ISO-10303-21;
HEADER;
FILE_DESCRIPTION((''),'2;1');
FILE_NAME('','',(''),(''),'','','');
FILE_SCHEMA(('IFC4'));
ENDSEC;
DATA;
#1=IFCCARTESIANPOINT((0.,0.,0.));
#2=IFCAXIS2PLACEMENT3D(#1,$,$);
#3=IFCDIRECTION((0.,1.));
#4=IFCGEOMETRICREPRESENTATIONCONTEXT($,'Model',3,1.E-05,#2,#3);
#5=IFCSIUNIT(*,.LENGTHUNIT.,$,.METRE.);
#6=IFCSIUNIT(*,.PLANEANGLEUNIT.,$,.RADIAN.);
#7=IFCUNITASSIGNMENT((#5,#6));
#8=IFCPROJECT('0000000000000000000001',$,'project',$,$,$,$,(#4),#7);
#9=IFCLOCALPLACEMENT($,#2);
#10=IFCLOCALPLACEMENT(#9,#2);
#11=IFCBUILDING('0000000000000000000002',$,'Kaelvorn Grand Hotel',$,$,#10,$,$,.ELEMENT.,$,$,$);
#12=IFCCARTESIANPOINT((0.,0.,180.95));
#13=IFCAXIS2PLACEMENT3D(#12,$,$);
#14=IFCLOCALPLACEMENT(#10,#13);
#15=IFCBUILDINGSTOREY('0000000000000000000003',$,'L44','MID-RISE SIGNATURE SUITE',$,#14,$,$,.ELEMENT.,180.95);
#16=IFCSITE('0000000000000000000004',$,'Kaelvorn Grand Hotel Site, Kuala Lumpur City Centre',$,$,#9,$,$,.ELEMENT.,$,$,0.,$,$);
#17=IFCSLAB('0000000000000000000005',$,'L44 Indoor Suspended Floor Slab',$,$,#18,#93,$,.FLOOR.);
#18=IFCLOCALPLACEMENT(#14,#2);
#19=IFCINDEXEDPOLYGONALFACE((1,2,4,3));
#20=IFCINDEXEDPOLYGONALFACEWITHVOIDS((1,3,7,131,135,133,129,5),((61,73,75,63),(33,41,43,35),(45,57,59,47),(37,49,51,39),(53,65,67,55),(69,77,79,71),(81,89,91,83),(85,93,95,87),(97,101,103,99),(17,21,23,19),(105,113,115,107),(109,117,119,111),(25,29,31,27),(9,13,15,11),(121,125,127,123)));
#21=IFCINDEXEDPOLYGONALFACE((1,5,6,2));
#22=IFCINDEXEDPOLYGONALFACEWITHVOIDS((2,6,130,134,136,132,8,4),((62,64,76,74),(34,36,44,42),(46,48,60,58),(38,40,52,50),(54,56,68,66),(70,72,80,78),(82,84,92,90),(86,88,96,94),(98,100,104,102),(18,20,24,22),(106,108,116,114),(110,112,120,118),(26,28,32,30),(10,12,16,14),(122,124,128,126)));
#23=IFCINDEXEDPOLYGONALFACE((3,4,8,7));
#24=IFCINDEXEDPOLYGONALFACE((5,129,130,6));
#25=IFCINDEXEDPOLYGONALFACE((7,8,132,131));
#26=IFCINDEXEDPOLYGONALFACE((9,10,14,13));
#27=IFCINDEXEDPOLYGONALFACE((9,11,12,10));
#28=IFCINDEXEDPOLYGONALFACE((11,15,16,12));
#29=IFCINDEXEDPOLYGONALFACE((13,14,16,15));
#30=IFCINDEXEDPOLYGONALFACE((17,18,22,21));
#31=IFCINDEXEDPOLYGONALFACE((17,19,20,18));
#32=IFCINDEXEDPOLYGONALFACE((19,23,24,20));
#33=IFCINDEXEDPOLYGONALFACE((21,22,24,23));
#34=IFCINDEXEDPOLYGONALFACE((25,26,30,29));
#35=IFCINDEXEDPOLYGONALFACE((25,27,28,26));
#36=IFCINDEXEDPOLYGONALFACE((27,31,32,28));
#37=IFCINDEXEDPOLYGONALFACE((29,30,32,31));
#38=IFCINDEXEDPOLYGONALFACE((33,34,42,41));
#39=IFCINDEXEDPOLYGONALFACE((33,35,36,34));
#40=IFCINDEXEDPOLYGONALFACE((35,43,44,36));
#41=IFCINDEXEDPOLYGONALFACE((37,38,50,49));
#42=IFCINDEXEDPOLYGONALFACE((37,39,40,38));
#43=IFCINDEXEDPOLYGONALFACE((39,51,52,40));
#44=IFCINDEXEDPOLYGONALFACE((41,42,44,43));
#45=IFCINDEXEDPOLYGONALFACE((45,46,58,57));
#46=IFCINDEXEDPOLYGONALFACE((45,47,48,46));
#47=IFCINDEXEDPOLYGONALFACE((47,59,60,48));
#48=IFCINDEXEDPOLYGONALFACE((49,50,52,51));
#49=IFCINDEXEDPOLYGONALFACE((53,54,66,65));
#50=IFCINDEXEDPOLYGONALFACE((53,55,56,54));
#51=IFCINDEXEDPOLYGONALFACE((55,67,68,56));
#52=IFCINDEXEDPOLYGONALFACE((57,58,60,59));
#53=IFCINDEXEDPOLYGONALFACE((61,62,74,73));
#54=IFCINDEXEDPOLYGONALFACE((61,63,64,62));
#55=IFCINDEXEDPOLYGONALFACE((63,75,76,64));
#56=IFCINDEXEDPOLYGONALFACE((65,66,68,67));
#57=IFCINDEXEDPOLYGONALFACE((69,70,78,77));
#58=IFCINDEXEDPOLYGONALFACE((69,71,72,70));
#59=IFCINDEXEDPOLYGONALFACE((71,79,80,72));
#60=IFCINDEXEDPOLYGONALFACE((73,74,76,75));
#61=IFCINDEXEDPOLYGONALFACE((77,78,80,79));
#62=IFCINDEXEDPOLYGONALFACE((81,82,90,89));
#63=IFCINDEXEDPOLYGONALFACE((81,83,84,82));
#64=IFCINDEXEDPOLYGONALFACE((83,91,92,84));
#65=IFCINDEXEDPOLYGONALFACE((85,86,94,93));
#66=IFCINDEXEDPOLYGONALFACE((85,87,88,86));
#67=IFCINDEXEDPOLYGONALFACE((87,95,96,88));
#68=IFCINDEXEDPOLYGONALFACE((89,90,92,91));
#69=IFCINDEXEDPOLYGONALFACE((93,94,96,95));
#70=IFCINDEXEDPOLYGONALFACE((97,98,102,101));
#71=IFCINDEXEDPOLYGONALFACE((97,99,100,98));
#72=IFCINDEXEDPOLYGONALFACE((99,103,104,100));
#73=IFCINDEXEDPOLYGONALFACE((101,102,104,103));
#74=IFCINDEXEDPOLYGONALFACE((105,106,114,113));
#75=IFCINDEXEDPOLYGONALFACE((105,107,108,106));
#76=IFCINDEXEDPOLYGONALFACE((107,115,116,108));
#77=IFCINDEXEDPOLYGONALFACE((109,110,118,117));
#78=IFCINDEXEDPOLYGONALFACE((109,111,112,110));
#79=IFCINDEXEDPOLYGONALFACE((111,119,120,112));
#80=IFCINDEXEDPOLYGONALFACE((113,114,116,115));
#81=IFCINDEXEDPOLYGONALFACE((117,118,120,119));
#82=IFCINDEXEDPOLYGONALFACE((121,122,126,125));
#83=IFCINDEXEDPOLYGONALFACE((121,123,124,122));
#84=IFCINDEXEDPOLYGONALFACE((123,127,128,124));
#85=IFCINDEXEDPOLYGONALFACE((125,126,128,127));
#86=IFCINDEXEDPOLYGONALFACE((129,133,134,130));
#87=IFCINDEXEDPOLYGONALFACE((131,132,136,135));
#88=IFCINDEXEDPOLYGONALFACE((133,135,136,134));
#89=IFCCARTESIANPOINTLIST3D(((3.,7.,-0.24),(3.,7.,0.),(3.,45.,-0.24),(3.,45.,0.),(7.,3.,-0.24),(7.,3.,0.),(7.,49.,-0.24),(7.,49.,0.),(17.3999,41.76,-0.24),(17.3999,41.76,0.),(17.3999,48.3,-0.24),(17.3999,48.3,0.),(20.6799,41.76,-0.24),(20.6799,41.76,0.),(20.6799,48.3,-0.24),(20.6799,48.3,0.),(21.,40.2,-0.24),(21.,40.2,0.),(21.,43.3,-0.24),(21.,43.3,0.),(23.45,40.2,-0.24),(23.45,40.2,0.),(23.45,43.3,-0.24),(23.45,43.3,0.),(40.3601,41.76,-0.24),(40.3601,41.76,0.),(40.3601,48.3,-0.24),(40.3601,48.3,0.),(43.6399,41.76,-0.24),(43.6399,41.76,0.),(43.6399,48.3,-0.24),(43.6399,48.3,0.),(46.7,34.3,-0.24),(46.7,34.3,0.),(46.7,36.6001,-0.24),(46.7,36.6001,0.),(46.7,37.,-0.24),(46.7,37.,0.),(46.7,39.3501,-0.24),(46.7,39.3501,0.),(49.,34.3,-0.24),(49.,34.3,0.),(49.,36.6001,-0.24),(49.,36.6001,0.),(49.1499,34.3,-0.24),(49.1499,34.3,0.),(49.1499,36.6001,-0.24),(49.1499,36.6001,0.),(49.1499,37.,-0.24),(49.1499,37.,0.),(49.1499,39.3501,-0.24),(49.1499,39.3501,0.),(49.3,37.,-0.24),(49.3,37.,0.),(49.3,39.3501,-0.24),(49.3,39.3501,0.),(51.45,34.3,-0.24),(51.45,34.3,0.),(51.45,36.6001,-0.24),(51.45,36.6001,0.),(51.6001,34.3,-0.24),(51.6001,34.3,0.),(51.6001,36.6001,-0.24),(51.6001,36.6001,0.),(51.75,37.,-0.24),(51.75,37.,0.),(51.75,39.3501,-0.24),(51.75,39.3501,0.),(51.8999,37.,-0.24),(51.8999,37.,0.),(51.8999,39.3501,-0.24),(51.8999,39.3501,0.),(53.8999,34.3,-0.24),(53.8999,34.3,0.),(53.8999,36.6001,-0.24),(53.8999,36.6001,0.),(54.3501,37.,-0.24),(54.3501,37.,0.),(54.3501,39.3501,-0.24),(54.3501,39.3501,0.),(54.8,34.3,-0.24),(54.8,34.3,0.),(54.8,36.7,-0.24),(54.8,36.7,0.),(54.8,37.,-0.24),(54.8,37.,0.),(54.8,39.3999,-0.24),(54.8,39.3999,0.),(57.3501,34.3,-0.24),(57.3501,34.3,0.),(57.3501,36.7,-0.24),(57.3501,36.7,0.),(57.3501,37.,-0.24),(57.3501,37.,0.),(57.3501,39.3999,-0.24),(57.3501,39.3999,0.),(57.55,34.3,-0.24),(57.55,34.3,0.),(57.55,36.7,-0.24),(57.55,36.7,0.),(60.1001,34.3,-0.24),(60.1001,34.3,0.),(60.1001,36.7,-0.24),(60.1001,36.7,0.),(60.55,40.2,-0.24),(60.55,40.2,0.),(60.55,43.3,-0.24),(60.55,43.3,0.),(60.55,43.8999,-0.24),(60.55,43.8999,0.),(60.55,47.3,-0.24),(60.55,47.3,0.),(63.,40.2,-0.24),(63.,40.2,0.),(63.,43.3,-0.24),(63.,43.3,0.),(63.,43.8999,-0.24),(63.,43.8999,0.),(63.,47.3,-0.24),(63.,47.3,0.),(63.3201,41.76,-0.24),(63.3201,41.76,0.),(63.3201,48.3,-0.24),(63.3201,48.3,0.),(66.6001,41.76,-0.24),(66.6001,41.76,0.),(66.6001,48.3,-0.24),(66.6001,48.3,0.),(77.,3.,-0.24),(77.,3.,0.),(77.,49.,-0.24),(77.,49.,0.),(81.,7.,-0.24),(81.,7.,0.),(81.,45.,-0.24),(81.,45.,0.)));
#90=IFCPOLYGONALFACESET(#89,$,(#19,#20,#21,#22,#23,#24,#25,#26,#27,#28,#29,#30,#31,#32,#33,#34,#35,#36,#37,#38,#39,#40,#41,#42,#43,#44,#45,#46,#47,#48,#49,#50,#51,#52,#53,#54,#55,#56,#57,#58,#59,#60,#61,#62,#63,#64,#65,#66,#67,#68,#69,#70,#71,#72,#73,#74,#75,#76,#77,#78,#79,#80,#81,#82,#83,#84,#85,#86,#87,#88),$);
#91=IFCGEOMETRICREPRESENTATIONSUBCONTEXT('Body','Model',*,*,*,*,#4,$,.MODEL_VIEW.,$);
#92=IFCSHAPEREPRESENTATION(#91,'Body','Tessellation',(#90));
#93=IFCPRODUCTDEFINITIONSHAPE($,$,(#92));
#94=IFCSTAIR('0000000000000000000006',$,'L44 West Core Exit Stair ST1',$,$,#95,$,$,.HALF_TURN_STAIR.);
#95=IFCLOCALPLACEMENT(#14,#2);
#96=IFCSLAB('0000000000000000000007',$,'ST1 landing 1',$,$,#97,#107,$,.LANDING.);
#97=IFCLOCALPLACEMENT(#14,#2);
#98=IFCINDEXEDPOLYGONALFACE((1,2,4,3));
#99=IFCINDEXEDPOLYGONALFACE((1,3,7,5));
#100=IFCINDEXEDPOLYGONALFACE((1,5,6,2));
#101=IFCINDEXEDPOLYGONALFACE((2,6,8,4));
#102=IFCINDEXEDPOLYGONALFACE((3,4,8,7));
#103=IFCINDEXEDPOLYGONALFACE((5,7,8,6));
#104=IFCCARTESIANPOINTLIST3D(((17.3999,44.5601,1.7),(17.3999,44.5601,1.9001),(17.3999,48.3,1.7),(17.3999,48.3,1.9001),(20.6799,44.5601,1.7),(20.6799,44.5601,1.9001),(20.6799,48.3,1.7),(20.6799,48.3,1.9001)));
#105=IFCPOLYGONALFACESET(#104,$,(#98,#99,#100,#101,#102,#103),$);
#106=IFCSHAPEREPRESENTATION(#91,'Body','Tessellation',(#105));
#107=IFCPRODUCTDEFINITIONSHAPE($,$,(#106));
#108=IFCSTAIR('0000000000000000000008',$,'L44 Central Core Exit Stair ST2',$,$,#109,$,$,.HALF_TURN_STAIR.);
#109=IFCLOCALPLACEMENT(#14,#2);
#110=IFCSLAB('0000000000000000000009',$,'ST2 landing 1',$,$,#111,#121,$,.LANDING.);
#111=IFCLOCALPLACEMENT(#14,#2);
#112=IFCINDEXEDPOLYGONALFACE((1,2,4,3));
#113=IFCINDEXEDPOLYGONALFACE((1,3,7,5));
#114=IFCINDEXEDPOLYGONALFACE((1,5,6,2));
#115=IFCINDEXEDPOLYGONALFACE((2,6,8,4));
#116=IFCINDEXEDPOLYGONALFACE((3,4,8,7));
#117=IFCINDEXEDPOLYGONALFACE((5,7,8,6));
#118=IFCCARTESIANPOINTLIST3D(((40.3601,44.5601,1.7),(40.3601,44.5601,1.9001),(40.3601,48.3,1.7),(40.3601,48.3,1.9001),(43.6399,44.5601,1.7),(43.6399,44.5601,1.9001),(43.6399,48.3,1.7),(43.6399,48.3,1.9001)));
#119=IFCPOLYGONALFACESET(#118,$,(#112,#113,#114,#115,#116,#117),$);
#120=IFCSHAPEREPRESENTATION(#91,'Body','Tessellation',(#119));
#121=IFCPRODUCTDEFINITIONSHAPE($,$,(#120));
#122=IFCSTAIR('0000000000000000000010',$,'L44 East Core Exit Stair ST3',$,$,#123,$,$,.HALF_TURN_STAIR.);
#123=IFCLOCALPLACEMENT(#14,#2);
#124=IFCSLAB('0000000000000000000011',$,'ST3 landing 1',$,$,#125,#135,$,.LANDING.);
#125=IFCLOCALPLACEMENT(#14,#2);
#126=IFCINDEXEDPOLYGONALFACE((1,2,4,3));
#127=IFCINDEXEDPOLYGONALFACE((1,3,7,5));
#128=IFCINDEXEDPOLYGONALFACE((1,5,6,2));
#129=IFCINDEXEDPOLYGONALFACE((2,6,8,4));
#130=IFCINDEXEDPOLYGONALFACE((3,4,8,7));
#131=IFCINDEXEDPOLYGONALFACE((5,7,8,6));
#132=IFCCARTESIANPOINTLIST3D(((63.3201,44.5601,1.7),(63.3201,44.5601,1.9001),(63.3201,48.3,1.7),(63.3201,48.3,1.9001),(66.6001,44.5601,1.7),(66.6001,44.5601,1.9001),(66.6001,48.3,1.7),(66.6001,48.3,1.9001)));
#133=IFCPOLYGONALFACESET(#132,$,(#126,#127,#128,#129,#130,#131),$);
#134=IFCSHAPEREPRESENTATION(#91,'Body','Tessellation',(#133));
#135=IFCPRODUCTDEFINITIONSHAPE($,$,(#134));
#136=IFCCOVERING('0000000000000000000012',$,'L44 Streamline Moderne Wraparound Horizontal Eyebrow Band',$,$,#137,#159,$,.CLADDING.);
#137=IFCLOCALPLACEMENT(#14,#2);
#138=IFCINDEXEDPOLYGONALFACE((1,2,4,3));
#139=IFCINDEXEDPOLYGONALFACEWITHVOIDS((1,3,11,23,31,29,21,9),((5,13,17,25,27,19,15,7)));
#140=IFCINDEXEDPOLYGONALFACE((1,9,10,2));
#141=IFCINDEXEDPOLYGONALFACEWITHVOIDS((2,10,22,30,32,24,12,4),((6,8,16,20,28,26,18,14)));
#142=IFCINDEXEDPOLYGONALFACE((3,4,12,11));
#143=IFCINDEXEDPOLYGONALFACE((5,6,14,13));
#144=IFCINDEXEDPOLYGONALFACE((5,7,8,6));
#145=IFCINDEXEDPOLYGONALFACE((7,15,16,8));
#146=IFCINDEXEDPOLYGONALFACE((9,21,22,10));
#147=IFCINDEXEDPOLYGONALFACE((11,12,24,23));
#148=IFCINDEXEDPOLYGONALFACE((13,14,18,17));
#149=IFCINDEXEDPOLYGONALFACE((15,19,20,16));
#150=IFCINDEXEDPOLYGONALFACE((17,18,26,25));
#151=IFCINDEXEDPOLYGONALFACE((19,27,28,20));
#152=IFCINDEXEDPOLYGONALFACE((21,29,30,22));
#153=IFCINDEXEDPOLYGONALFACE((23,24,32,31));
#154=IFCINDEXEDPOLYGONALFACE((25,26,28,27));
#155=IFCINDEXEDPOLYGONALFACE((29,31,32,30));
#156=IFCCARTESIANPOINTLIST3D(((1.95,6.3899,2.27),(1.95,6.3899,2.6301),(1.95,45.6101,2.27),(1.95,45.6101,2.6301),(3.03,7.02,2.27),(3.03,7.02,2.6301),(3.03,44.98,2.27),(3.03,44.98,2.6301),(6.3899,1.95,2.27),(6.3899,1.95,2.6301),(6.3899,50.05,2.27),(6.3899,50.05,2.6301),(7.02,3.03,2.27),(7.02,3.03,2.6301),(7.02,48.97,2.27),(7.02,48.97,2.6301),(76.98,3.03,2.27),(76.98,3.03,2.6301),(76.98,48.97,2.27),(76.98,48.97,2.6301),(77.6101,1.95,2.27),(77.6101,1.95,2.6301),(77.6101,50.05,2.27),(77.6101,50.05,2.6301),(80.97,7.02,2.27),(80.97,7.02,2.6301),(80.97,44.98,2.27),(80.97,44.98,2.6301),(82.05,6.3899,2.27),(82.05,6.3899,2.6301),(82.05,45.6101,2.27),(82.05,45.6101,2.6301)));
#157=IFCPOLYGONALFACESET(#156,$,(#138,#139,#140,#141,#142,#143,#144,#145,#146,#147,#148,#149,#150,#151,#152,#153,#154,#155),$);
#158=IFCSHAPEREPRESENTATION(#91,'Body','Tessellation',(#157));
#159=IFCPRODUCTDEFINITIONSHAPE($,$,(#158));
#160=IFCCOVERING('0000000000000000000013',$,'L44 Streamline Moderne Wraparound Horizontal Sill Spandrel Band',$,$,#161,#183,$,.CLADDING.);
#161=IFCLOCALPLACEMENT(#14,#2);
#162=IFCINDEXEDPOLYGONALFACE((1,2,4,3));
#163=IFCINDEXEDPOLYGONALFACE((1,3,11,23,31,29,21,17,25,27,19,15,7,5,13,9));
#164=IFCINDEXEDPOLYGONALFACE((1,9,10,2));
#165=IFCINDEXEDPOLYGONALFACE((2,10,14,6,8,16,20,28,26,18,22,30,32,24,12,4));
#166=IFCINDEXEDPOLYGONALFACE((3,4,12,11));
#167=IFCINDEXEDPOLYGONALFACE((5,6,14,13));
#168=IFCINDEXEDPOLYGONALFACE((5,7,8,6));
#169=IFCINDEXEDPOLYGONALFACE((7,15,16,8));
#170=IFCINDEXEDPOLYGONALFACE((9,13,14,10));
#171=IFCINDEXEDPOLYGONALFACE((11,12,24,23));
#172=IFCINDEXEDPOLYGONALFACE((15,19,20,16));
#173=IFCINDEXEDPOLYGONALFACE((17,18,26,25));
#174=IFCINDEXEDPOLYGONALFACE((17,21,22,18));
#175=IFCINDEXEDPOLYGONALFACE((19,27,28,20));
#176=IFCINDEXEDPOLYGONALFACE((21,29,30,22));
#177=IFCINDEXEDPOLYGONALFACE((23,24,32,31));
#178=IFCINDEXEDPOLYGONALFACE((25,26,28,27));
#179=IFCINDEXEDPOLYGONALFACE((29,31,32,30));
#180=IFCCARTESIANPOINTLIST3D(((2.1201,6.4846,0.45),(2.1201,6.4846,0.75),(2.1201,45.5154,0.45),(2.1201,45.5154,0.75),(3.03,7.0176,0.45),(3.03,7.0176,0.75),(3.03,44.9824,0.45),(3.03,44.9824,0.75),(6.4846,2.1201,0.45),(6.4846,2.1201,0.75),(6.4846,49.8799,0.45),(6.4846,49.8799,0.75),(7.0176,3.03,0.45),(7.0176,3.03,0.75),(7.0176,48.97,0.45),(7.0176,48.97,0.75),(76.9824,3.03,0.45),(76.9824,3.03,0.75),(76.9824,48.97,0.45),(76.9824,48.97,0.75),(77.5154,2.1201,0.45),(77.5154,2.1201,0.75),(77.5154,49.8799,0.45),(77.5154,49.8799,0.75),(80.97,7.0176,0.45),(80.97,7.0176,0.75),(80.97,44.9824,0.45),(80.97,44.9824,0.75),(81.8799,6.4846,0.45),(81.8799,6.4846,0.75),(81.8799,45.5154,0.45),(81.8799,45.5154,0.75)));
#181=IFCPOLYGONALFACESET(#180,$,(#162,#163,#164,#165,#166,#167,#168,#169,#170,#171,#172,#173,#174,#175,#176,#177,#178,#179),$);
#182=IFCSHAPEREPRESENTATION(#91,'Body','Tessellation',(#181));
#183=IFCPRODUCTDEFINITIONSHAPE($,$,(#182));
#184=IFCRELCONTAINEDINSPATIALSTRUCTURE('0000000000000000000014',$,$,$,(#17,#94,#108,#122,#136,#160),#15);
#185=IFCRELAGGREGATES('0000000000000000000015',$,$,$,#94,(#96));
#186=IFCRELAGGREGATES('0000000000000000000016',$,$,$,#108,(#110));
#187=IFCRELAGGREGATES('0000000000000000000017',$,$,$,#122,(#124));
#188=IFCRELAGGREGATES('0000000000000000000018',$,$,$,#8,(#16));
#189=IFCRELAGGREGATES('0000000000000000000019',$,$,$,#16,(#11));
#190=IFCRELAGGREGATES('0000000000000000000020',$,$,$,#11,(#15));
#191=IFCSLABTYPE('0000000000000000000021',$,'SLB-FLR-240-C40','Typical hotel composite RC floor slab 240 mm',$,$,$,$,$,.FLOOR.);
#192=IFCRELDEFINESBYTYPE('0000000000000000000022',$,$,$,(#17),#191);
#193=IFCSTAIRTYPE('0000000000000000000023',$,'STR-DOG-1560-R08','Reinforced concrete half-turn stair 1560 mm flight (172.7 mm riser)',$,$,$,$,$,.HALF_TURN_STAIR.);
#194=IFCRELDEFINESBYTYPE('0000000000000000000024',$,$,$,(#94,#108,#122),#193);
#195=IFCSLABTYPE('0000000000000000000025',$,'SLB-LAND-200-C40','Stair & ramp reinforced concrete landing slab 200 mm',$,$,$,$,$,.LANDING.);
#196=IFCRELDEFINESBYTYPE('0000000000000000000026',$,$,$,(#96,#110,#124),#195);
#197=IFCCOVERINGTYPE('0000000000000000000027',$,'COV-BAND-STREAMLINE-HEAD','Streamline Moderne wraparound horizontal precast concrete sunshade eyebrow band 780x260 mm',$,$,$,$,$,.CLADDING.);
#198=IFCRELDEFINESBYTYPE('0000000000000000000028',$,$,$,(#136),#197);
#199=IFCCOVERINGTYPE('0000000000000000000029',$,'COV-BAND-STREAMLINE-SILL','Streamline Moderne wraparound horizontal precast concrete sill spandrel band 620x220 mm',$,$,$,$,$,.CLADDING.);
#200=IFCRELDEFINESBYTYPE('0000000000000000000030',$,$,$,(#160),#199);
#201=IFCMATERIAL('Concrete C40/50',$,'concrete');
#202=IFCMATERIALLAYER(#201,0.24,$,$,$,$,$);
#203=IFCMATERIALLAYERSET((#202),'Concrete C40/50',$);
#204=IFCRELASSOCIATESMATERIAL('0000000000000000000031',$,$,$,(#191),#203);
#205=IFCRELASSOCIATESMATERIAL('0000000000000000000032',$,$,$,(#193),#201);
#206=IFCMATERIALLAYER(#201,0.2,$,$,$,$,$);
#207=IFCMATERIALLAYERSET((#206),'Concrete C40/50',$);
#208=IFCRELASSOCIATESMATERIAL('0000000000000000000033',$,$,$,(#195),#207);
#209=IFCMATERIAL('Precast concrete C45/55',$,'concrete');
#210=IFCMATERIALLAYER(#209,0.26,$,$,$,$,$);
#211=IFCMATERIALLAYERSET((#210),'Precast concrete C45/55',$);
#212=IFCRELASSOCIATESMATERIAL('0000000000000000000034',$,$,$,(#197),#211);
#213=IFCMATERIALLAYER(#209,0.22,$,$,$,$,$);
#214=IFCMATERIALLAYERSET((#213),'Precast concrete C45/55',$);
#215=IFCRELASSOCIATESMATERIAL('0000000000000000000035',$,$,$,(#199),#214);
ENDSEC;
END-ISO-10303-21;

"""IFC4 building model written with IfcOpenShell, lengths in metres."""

from ifc_helpers import new_model, si_unit, direction, frame, origin, place, context, subcontext, project, spatial, polyline, outline, extrude, material, layer, layer_set, type_object, element, aggregate, save


model = new_model("IFC4")

# Units and contexts
model_context = context("Model", 3, precision=1e-05, world=origin(), true_north=direction((0.0, 1.0)))
body_context = subcontext(model_context, "Body", "Model", "MODEL_VIEW")
ifc_project = project(units=[si_unit("LENGTHUNIT", "METRE"), si_unit("PLANEANGLEUNIT", "RADIAN")], contexts=[model_context])

# Site, building, storey
site_placement = place(None, origin())
site = spatial("IfcSite", under=ifc_project, at=site_placement, Name="Kaelvorn Grand Hotel Site, Kuala Lumpur City Centre", CompositionType="ELEMENT", RefElevation=0.0)
building_placement = place(site_placement, origin())
building = spatial("IfcBuilding", under=site, at=building_placement, Name="Kaelvorn Grand Hotel", CompositionType="ELEMENT")
storey_placement = place(building_placement, frame((0.0, 0.0, 180.95)))
storey = spatial("IfcBuildingStorey", under=building, at=storey_placement, Name="L44", Description="MID-RISE SIGNATURE SUITE", CompositionType="ELEMENT", Elevation=180.95)

# Slab
ifc_material_1 = material(Name="Concrete C40/50", Category="concrete")
ifc_layer_1 = layer(ifc_material_1, 0.24)
ifc_layer_set_1 = layer_set([ifc_layer_1], Name="Concrete C40/50")
slab_type_1 = type_object("IfcSlabType", Name="SLB-FLR-240-C40", Description="Typical hotel composite RC floor slab 240 mm", PredefinedType="FLOOR", material=ifc_layer_set_1)
slab_1_placement = place(storey_placement, frame((0.0, 0.0, -0.24)))
element("IfcSlab", 1, at=slab_1_placement, inside=storey, type_object=slab_type_1, Name="L44 Indoor Suspended Floor Slab", PredefinedType="FLOOR", context=body_context, shape_type="SweptSolid", body=[
    extrude(outline(polyline([(7.0, 3.0), (77.0, 3.0), (81.0, 7.0), (81.0, 45.0), (77.0, 49.0), (7.0, 49.0), (3.0, 45.0), (3.0, 7.0), (7.0, 3.0)]), holes=[polyline([(17.3999, 41.76), (17.3999, 48.3), (20.6799, 48.3), (20.6799, 41.76), (17.3999, 41.76)]), polyline([(40.3601, 41.76), (40.3601, 48.3), (43.6399, 48.3), (43.6399, 41.76), (40.3601, 41.76)]), polyline([(63.3201, 41.76), (63.3201, 48.3), (66.6001, 48.3), (66.6001, 41.76), (63.3201, 41.76)]), polyline([(46.7, 34.3), (46.7, 36.6001), (49.0, 36.6001), (49.0, 34.3), (46.7, 34.3)]), polyline([(49.1499, 34.3), (49.1499, 36.6001), (51.45, 36.6001), (51.45, 34.3), (49.1499, 34.3)]), polyline([(51.6001, 34.3), (51.6001, 36.6001), (53.8999, 36.6001), (53.8999, 34.3), (51.6001, 34.3)]), polyline([(46.7, 37.0), (46.7, 39.3501), (49.1499, 39.3501), (49.1499, 37.0), (46.7, 37.0)]), polyline([(49.3, 37.0), (49.3, 39.3501), (51.75, 39.3501), (51.75, 37.0), (49.3, 37.0)]), polyline([(51.8999, 37.0), (51.8999, 39.3501), (54.3501, 39.3501), (54.3501, 37.0), (51.8999, 37.0)]), polyline([(54.8, 34.3), (54.8, 36.7), (57.3501, 36.7), (57.3501, 34.3), (54.8, 34.3)]), polyline([(57.55, 34.3), (57.55, 36.7), (60.1001, 36.7), (60.1001, 34.3), (57.55, 34.3)]), polyline([(54.8, 37.0), (54.8, 39.3999), (57.3501, 39.3999), (57.3501, 37.0), (54.8, 37.0)]), polyline([(21.0, 40.2), (21.0, 43.3), (23.45, 43.3), (23.45, 40.2), (21.0, 40.2)]), polyline([(60.55, 40.2), (60.55, 43.3), (63.0, 43.3), (63.0, 40.2), (60.55, 40.2)]), polyline([(60.55, 43.8999), (60.55, 47.3), (63.0, 47.3), (63.0, 43.8999), (60.55, 43.8999)])]), origin(), (0.0, 0.0, 1.0), 0.24),
])

# Stairs, slabs
stair_type = type_object("IfcStairType", Name="STR-DOG-1560-R08", Description="Reinforced concrete half-turn stair 1560 mm flight (172.7 mm riser)", PredefinedType="HALF_TURN_STAIR", material=ifc_material_1)
stair_1_placement = place(storey_placement, origin())
stair_1 = element("IfcStair", 2, at=stair_1_placement, inside=storey, type_object=stair_type, Name="L44 West Core Exit Stair ST1", PredefinedType="HALF_TURN_STAIR")
ifc_layer_2 = layer(ifc_material_1, 0.2)
ifc_layer_set_2 = layer_set([ifc_layer_2], Name="Concrete C40/50")
slab_type_2 = type_object("IfcSlabType", Name="SLB-LAND-200-C40", Description="Stair & ramp reinforced concrete landing slab 200 mm", PredefinedType="LANDING", material=ifc_layer_set_2)
slab_2_placement = place(storey_placement, frame((0.0, 0.0, 1.7)))
slab_2 = element("IfcSlab", 3, at=slab_2_placement, type_object=slab_type_2, Name="ST1 landing 1", PredefinedType="LANDING", context=body_context, shape_type="SweptSolid", body=[
    extrude(outline(polyline([(20.6799, 44.5601), (20.6799, 48.3), (17.3999, 48.3), (17.3999, 44.5601), (20.6799, 44.5601)])), origin(), (0.0, 0.0, 1.0), 0.2002),
])
aggregate(stair_1, [slab_2])
stair_2_placement = place(storey_placement, origin())
stair_2 = element("IfcStair", 4, at=stair_2_placement, inside=storey, type_object=stair_type, Name="L44 Central Core Exit Stair ST2", PredefinedType="HALF_TURN_STAIR")
slab_3_placement = place(storey_placement, frame((0.0, 0.0, 1.7)))
slab_3 = element("IfcSlab", 5, at=slab_3_placement, type_object=slab_type_2, Name="ST2 landing 1", PredefinedType="LANDING", context=body_context, shape_type="SweptSolid", body=[
    extrude(outline(polyline([(43.6399, 44.5601), (43.6399, 48.3), (40.3601, 48.3), (40.3601, 44.5601), (43.6399, 44.5601)])), origin(), (0.0, 0.0, 1.0), 0.2002),
])
aggregate(stair_2, [slab_3])
stair_3_placement = place(storey_placement, origin())
stair_3 = element("IfcStair", 6, at=stair_3_placement, inside=storey, type_object=stair_type, Name="L44 East Core Exit Stair ST3", PredefinedType="HALF_TURN_STAIR")
slab_4_placement = place(storey_placement, frame((0.0, 0.0, 1.7)))
slab_4 = element("IfcSlab", 7, at=slab_4_placement, type_object=slab_type_2, Name="ST3 landing 1", PredefinedType="LANDING", context=body_context, shape_type="SweptSolid", body=[
    extrude(outline(polyline([(66.6001, 44.5601), (66.6001, 48.3), (63.3201, 48.3), (63.3201, 44.5601), (66.6001, 44.5601)])), origin(), (0.0, 0.0, 1.0), 0.2002),
])
aggregate(stair_3, [slab_4])

# Coverings
ifc_material_2 = material(Name="Precast concrete C45/55", Category="concrete")
ifc_layer_3 = layer(ifc_material_2, 0.26)
ifc_layer_set_3 = layer_set([ifc_layer_3], Name="Precast concrete C45/55")
covering_type_1 = type_object("IfcCoveringType", Name="COV-BAND-STREAMLINE-HEAD", Description="Streamline Moderne wraparound horizontal precast concrete sunshade eyebrow band 780x260 mm", PredefinedType="CLADDING", material=ifc_layer_set_3)
covering_1_placement = place(storey_placement, frame((0.0, 0.0, 2.27)))
element("IfcCovering", 8, at=covering_1_placement, inside=storey, type_object=covering_type_1, Name="L44 Streamline Moderne Wraparound Horizontal Eyebrow Band", PredefinedType="CLADDING", context=body_context, shape_type="SweptSolid", body=[
    extrude(outline(polyline([(6.3899, 1.95), (77.6101, 1.95), (82.05, 6.3899), (82.05, 45.6101), (77.6101, 50.05), (6.3899, 50.05), (1.95, 45.6101), (1.95, 6.3899), (6.3899, 1.95)]), holes=[polyline([(7.02, 3.03), (76.98, 3.03), (80.97, 7.02), (80.97, 44.98), (76.98, 48.97), (7.02, 48.97), (3.03, 44.98), (3.03, 7.02), (7.02, 3.03)])]), origin(), (0.0, 0.0, 1.0), 0.3601),
])
ifc_layer_4 = layer(ifc_material_2, 0.22)
ifc_layer_set_4 = layer_set([ifc_layer_4], Name="Precast concrete C45/55")
covering_type_2 = type_object("IfcCoveringType", Name="COV-BAND-STREAMLINE-SILL", Description="Streamline Moderne wraparound horizontal precast concrete sill spandrel band 620x220 mm", PredefinedType="CLADDING", material=ifc_layer_set_4)
covering_2_placement = place(storey_placement, frame((0.0, 0.0, 0.45)))
element("IfcCovering", 9, at=covering_2_placement, inside=storey, type_object=covering_type_2, Name="L44 Streamline Moderne Wraparound Horizontal Sill Spandrel Band", PredefinedType="CLADDING", context=body_context, shape_type="SweptSolid", body=[
    extrude(outline(polyline([(77.5154, 2.1201), (81.8799, 6.4846), (81.8799, 45.5154), (77.5154, 49.8799), (6.4846, 49.8799), (2.1201, 45.5154), (2.1201, 6.4846), (6.4846, 2.1201), (7.0176, 3.03), (3.03, 7.0176), (3.03, 44.9824), (7.0176, 48.97), (76.9824, 48.97), (80.97, 44.9824), (80.97, 7.0176), (76.9824, 3.03), (77.5154, 2.1201)])), origin(), (0.0, 0.0, 1.0), 0.3),
])

save(model, "model.ifc")
